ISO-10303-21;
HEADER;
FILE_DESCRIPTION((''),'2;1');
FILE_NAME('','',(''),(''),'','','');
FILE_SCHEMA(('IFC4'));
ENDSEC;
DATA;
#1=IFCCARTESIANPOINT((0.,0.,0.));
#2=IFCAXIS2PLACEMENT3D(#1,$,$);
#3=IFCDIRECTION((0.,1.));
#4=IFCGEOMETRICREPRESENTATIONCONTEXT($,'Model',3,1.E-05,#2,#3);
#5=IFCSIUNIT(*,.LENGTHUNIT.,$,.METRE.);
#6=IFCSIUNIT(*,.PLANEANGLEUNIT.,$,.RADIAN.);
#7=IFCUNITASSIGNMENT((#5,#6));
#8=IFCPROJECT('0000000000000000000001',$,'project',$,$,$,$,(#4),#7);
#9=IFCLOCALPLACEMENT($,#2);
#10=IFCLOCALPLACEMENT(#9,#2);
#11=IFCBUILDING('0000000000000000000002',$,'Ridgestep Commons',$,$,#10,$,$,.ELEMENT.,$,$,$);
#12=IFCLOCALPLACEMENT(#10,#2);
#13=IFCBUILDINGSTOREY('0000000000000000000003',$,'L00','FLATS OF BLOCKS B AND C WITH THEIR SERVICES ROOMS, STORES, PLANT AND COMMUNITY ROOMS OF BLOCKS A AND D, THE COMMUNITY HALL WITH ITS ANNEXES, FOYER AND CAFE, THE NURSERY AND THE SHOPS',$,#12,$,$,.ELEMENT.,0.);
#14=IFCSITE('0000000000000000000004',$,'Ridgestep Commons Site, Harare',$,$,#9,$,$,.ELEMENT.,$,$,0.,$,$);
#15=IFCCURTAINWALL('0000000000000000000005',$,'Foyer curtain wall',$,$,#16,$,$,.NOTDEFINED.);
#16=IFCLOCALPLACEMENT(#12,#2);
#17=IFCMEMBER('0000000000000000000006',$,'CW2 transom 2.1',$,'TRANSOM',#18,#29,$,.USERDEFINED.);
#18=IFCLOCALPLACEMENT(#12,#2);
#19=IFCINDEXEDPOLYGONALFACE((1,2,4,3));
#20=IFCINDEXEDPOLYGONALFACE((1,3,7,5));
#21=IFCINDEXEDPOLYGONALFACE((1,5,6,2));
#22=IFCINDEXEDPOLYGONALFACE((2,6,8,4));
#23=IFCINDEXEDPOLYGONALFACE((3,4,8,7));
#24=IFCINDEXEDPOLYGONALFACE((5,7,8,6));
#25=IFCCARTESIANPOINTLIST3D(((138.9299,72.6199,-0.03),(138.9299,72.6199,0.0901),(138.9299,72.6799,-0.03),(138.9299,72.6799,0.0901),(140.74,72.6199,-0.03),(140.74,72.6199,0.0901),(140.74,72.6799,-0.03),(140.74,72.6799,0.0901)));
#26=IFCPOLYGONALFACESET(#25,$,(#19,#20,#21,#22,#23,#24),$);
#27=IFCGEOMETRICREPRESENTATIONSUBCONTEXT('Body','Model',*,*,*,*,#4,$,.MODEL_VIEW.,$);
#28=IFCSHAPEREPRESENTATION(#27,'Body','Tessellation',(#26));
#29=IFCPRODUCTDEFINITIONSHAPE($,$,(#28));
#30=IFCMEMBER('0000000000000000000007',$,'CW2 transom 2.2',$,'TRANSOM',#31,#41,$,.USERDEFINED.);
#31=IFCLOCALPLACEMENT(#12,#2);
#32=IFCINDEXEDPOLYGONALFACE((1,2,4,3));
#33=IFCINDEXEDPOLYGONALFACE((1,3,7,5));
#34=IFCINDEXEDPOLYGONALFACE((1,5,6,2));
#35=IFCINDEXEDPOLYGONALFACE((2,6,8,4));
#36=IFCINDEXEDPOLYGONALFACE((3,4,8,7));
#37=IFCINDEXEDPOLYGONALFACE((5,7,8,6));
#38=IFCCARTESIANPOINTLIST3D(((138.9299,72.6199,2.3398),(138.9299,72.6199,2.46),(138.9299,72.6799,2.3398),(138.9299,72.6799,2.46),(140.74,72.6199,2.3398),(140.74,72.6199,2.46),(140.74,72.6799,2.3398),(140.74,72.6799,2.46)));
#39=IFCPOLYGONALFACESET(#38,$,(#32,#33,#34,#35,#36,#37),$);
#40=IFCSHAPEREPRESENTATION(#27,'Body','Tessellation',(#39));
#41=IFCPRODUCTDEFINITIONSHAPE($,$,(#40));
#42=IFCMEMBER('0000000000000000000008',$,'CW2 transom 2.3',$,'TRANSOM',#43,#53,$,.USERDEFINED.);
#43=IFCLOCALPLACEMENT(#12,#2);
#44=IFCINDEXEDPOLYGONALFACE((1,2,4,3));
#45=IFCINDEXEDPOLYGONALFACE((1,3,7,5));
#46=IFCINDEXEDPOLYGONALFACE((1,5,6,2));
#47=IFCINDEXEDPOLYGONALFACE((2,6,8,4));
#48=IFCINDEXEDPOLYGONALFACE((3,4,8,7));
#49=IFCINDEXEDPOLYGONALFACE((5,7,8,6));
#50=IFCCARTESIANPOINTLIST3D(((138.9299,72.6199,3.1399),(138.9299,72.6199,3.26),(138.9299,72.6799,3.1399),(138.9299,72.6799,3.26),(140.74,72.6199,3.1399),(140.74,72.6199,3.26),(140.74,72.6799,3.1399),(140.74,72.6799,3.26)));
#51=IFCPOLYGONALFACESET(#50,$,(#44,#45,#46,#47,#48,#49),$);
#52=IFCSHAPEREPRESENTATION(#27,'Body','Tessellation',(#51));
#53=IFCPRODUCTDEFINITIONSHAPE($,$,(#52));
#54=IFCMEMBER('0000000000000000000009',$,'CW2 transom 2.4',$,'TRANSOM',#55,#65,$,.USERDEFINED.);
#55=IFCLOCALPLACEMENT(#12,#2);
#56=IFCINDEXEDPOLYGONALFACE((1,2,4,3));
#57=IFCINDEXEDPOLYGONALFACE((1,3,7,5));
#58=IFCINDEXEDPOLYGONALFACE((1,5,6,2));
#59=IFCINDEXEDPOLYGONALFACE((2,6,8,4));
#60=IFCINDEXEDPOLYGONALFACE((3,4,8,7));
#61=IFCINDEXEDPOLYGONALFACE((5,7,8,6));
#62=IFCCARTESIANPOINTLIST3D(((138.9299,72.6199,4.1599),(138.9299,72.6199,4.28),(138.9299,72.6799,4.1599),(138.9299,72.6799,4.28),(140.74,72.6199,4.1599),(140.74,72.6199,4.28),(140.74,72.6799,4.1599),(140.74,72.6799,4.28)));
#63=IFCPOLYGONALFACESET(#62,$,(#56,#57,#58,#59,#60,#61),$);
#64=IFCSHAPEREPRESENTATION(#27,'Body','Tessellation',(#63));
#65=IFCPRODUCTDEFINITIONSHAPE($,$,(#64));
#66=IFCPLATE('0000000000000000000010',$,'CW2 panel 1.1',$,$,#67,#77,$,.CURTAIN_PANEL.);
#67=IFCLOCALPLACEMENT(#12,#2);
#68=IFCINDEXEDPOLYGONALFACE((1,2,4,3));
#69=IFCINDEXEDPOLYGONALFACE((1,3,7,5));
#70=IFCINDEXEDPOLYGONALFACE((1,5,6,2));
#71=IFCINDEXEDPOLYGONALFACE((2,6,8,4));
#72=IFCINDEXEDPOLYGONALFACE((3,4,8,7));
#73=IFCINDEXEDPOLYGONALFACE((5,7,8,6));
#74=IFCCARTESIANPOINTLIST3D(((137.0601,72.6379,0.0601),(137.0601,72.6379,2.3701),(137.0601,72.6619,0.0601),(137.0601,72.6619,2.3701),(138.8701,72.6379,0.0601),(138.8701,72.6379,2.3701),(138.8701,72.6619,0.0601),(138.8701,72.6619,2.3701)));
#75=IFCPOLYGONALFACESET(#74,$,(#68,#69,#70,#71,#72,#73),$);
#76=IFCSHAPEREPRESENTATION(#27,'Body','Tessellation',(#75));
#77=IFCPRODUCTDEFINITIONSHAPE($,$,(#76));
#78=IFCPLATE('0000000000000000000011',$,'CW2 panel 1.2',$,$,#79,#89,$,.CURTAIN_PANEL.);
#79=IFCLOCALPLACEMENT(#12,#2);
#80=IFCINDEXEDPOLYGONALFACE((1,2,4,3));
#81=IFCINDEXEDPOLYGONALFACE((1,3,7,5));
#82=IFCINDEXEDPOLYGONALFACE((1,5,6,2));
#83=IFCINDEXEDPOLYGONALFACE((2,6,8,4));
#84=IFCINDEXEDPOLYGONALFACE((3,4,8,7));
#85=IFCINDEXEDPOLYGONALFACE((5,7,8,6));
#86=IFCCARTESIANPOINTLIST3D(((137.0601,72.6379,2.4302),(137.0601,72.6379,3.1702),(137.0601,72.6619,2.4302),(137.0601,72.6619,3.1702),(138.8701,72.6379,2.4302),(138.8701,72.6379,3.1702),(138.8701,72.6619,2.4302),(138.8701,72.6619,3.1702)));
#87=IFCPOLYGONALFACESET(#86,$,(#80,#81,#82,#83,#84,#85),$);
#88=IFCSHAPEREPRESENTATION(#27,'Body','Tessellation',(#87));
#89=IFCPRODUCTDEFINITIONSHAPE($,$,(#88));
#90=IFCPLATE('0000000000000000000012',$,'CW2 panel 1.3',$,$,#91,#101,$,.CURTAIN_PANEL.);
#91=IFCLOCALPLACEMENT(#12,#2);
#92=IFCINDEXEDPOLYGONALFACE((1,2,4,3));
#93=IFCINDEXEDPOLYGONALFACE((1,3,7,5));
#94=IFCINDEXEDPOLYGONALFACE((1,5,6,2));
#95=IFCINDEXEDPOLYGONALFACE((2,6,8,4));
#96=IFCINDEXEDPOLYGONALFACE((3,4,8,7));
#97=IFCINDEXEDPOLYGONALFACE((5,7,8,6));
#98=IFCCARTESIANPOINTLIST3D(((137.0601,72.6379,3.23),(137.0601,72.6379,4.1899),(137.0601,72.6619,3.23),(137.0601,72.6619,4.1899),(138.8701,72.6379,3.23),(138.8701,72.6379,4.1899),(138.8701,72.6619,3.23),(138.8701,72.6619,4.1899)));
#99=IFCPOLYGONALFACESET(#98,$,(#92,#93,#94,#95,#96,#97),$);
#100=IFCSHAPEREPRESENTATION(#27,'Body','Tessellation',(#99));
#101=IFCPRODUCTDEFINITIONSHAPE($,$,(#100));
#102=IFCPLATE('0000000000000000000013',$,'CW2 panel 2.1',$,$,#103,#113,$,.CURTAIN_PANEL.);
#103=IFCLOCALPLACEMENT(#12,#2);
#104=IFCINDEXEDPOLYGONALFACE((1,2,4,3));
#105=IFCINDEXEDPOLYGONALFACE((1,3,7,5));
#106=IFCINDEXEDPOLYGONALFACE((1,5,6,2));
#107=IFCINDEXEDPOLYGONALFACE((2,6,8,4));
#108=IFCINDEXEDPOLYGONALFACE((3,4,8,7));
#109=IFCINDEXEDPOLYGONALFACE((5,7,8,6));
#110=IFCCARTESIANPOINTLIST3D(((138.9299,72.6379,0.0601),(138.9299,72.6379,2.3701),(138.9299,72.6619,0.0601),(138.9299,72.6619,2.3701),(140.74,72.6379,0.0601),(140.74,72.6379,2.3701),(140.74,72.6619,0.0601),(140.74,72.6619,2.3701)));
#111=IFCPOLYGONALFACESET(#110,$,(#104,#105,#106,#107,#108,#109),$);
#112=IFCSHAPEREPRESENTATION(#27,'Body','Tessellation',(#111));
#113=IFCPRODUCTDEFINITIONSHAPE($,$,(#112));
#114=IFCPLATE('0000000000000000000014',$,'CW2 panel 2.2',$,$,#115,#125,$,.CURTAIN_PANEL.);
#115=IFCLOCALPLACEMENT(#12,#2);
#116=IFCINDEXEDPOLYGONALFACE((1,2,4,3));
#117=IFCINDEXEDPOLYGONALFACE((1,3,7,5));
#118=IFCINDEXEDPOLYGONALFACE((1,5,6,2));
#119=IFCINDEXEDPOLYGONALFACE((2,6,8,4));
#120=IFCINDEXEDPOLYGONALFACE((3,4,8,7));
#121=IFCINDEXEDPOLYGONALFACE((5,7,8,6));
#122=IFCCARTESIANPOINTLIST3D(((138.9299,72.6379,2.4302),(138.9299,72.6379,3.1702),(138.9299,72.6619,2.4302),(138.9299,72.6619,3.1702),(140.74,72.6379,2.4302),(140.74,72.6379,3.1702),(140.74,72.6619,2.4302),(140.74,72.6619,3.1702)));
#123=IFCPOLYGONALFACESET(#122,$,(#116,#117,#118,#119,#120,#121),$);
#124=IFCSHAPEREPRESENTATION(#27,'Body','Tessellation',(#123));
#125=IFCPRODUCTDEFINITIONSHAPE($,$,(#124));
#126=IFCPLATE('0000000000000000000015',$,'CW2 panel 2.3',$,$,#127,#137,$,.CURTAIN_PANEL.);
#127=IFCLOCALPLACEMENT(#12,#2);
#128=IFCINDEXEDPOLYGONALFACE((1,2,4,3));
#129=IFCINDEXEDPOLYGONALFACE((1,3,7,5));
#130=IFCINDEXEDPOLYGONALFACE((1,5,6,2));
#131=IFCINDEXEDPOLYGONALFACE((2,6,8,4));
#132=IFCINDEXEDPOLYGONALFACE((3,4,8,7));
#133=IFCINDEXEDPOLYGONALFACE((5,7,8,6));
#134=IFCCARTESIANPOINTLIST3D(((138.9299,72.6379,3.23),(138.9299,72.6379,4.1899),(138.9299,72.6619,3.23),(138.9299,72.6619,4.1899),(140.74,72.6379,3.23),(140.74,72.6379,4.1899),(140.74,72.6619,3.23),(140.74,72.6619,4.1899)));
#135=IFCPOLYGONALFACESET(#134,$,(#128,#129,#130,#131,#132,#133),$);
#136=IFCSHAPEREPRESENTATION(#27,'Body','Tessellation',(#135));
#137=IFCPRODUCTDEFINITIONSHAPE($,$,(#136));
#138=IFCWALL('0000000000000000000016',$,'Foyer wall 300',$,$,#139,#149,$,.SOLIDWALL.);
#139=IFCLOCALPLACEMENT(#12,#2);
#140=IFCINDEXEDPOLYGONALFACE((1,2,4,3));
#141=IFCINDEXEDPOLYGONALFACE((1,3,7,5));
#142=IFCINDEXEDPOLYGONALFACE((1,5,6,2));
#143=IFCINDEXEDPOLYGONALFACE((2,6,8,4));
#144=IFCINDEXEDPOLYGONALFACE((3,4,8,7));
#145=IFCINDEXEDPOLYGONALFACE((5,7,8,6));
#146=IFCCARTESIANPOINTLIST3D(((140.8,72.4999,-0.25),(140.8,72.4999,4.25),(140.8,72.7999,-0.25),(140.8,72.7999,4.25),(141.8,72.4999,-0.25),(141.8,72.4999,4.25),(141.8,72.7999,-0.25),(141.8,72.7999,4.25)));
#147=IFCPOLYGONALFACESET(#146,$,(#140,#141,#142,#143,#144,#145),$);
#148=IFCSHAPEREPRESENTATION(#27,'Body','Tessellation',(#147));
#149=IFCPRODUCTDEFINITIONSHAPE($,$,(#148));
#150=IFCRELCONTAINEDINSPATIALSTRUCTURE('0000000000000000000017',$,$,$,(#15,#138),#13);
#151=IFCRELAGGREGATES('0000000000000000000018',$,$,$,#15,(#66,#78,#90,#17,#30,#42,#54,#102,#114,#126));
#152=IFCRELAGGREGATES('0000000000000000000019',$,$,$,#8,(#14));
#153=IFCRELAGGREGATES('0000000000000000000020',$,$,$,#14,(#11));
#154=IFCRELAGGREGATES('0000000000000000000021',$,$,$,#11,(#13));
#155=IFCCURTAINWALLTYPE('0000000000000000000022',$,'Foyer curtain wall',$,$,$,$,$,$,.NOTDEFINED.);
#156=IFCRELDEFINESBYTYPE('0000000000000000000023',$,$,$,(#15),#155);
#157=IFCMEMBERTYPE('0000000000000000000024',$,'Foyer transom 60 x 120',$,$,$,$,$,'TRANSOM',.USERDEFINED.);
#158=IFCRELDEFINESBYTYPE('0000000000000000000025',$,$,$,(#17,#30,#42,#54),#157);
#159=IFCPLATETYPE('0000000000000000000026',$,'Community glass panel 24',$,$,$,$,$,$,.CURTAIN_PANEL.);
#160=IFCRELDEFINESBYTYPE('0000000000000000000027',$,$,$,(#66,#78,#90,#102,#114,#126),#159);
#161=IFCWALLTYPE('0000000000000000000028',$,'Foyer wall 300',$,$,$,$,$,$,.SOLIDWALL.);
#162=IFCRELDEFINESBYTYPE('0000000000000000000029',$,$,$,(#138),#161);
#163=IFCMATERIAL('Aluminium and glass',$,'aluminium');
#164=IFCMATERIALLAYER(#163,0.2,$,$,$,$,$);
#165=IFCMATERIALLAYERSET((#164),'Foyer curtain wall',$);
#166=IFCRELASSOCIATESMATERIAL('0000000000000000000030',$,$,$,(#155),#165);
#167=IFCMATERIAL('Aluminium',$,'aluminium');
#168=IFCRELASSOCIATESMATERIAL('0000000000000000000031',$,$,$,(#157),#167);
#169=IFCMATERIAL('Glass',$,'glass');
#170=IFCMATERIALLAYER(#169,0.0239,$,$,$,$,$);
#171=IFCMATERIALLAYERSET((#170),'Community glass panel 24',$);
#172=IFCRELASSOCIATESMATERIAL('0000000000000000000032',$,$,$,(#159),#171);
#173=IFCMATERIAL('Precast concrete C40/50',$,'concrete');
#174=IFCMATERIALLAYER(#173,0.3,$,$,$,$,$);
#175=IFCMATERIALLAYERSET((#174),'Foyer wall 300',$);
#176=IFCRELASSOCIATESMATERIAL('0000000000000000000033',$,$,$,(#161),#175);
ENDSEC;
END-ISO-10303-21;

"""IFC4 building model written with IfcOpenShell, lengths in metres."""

from ifc_helpers import new_model, si_unit, direction, frame, frame_2d, origin, origin_2d, place, context, subcontext, project, spatial, rectangle, extrude, material, layer, layer_set, material_profile, profile_set, type_object, element, aggregate, save


model = new_model("IFC4")

# Units and contexts
model_context = context("Model", 3, precision=1e-05, world=origin(), true_north=direction((0.0, 1.0)))
body_context = subcontext(model_context, "Body", "Model", "MODEL_VIEW")
ifc_project = project(units=[si_unit("LENGTHUNIT", "METRE"), si_unit("PLANEANGLEUNIT", "RADIAN")], contexts=[model_context])

# Site, building, storey
site_placement = place(None, origin())
site = spatial("IfcSite", under=ifc_project, at=site_placement, Name="Ridgestep Commons Site, Harare", CompositionType="ELEMENT", RefElevation=0.0)
building_placement = place(site_placement, origin())
building = spatial("IfcBuilding", under=site, at=building_placement, Name="Ridgestep Commons", CompositionType="ELEMENT")
storey_placement = place(building_placement, origin())
storey = spatial("IfcBuildingStorey", under=building, at=storey_placement, Name="L00", Description="FLATS OF BLOCKS B AND C WITH THEIR SERVICES ROOMS, STORES, PLANT AND COMMUNITY ROOMS OF BLOCKS A AND D, THE COMMUNITY HALL WITH ITS ANNEXES, FOYER AND CAFE, THE NURSERY AND THE SHOPS", CompositionType="ELEMENT", Elevation=0.0)

# Curtain wall, members, plates
ifc_material_1 = material(Name="Aluminium and glass", Category="aluminium")
ifc_layer_1 = layer(ifc_material_1, 0.2)
ifc_layer_set_1 = layer_set([ifc_layer_1], Name="Foyer curtain wall")
curtain_wall_type = type_object("IfcCurtainWallType", Name="Foyer curtain wall", PredefinedType="NOTDEFINED", material=ifc_layer_set_1)
curtain_wall_placement = place(storey_placement, origin())
curtain_wall = element("IfcCurtainWall", 1, at=curtain_wall_placement, inside=storey, type_object=curtain_wall_type, Name="Foyer curtain wall", PredefinedType="NOTDEFINED")
ifc_material_2 = material(Name="Aluminium", Category="aluminium")
ifc_material_profile_1 = material_profile(ifc_material_2, rectangle(XDim=0.0601, YDim=0.1201, at=origin_2d()), Name="Foyer transom 60 x 120")
ifc_profile_set_1 = profile_set([ifc_material_profile_1], Name="Aluminium")
member_type_1 = type_object("IfcMemberType", Name="Foyer transom 60 x 120", ElementType="TRANSOM", PredefinedType="USERDEFINED", material=ifc_profile_set_1)
member_1_placement = place(storey_placement, frame((138.9299, 72.6499, 0.03), z_axis=(1.0, 0.0, 0.0), x_axis=(0.0, 1.0, 0.0)))
member_1 = element("IfcMember", 2, at=member_1_placement, type_object=member_type_1, Name="CW2 transom 2.1", ObjectType="TRANSOM", PredefinedType="USERDEFINED", context=body_context, shape_type="SweptSolid", body=[
    extrude(rectangle(XDim=0.0601, YDim=0.1201, at=origin_2d()), origin(), (0.0, 0.0, 1.0), 1.8101),
])
member_2_placement = place(storey_placement, frame((138.9299, 72.6499, 2.3999), z_axis=(1.0, 0.0, 0.0), x_axis=(0.0, 1.0, 0.0)))
member_2 = element("IfcMember", 3, at=member_2_placement, type_object=member_type_1, Name="CW2 transom 2.2", ObjectType="TRANSOM", PredefinedType="USERDEFINED", context=body_context, shape_type="SweptSolid", body=[
    extrude(rectangle(XDim=0.0601, YDim=0.1201, at=origin_2d()), origin(), (0.0, 0.0, 1.0), 1.8101),
])
member_3_placement = place(storey_placement, frame((138.9299, 72.6499, 3.2), z_axis=(1.0, 0.0, 0.0), x_axis=(0.0, 1.0, 0.0)))
member_3 = element("IfcMember", 4, at=member_3_placement, type_object=member_type_1, Name="CW2 transom 2.3", ObjectType="TRANSOM", PredefinedType="USERDEFINED", context=body_context, shape_type="SweptSolid", body=[
    extrude(rectangle(XDim=0.0601, YDim=0.1201, at=origin_2d()), origin(), (0.0, 0.0, 1.0), 1.8101),
])
member_4_placement = place(storey_placement, frame((138.9299, 72.6499, 4.22), z_axis=(1.0, 0.0, 0.0), x_axis=(0.0, 1.0, 0.0)))
member_4 = element("IfcMember", 5, at=member_4_placement, type_object=member_type_1, Name="CW2 transom 2.4", ObjectType="TRANSOM", PredefinedType="USERDEFINED", context=body_context, shape_type="SweptSolid", body=[
    extrude(rectangle(XDim=0.0601, YDim=0.1201, at=origin_2d()), origin(), (0.0, 0.0, 1.0), 1.8101),
])
ifc_material_3 = material(Name="Glass", Category="glass")
ifc_layer_2 = layer(ifc_material_3, 0.0239)
ifc_layer_set_2 = layer_set([ifc_layer_2], Name="Community glass panel 24")
plate_type = type_object("IfcPlateType", Name="Community glass panel 24", PredefinedType="CURTAIN_PANEL", material=ifc_layer_set_2)
plate_1_placement = place(storey_placement, frame((137.9651, 72.6499, 0.0601), z_axis=(0.0, 0.0, 1.0), x_axis=(1.0, 0.0, 0.0)))
plate_1 = element("IfcPlate", 6, at=plate_1_placement, type_object=plate_type, Name="CW2 panel 1.1", PredefinedType="CURTAIN_PANEL", context=body_context, shape_type="SweptSolid", body=[
    extrude(rectangle(XDim=1.8101, YDim=0.0239, at=origin_2d()), origin(), (0.0, 0.0, 1.0), 2.3101),
])
plate_2_placement = place(storey_placement, frame((137.9651, 72.6499, 2.4302), z_axis=(0.0, 0.0, 1.0), x_axis=(1.0, 0.0, 0.0)))
plate_2 = element("IfcPlate", 7, at=plate_2_placement, type_object=plate_type, Name="CW2 panel 1.2", PredefinedType="CURTAIN_PANEL", context=body_context, shape_type="SweptSolid", body=[
    extrude(rectangle(XDim=1.8101, YDim=0.0239, at=origin_2d()), origin(), (0.0, 0.0, 1.0), 0.74),
])
plate_3_placement = place(storey_placement, frame((137.9651, 72.6499, 3.23), z_axis=(0.0, 0.0, 1.0), x_axis=(1.0, 0.0, 0.0)))
plate_3 = element("IfcPlate", 8, at=plate_3_placement, type_object=plate_type, Name="CW2 panel 1.3", PredefinedType="CURTAIN_PANEL", context=body_context, shape_type="SweptSolid", body=[
    extrude(rectangle(XDim=1.8101, YDim=0.0239, at=origin_2d()), origin(), (0.0, 0.0, 1.0), 0.96),
])
plate_4_placement = place(storey_placement, frame((139.835, 72.6499, 0.0601), z_axis=(0.0, 0.0, 1.0), x_axis=(1.0, 0.0, 0.0)))
plate_4 = element("IfcPlate", 9, at=plate_4_placement, type_object=plate_type, Name="CW2 panel 2.1", PredefinedType="CURTAIN_PANEL", context=body_context, shape_type="SweptSolid", body=[
    extrude(rectangle(XDim=1.8101, YDim=0.0239, at=origin_2d()), origin(), (0.0, 0.0, 1.0), 2.3101),
])
plate_5_placement = place(storey_placement, frame((139.835, 72.6499, 2.4302), z_axis=(0.0, 0.0, 1.0), x_axis=(1.0, 0.0, 0.0)))
plate_5 = element("IfcPlate", 10, at=plate_5_placement, type_object=plate_type, Name="CW2 panel 2.2", PredefinedType="CURTAIN_PANEL", context=body_context, shape_type="SweptSolid", body=[
    extrude(rectangle(XDim=1.8101, YDim=0.0239, at=origin_2d()), origin(), (0.0, 0.0, 1.0), 0.74),
])
plate_6_placement = place(storey_placement, frame((139.835, 72.6499, 3.23), z_axis=(0.0, 0.0, 1.0), x_axis=(1.0, 0.0, 0.0)))
plate_6 = element("IfcPlate", 11, at=plate_6_placement, type_object=plate_type, Name="CW2 panel 2.3", PredefinedType="CURTAIN_PANEL", context=body_context, shape_type="SweptSolid", body=[
    extrude(rectangle(XDim=1.8101, YDim=0.0239, at=origin_2d()), origin(), (0.0, 0.0, 1.0), 0.96),
])
aggregate(curtain_wall, [plate_1, plate_2, plate_3, member_1, member_2, member_3, member_4, plate_4, plate_5, plate_6])

# Wall
ifc_material_4 = material(Name="Precast concrete C40/50", Category="concrete")
ifc_layer_3 = layer(ifc_material_4, 0.3)
ifc_layer_set_3 = layer_set([ifc_layer_3], Name="Foyer wall 300")
wall_type = type_object("IfcWallType", Name="Foyer wall 300", PredefinedType="SOLIDWALL", material=ifc_layer_set_3)
wall_placement = place(storey_placement, frame((140.8, 72.6499, -0.25), z_axis=(0.0, 0.0, 1.0), x_axis=(1.0, 0.0, 0.0)))
element("IfcWall", 12, at=wall_placement, inside=storey, type_object=wall_type, Name="Foyer wall 300", PredefinedType="SOLIDWALL", context=body_context, shape_type="SweptSolid", body=[
    extrude(rectangle(XDim=1.0, YDim=0.3, at=frame_2d((0.5, 0.0))), origin(), (0.0, 0.0, 1.0), 4.5),
])

save(model, "model.ifc")
